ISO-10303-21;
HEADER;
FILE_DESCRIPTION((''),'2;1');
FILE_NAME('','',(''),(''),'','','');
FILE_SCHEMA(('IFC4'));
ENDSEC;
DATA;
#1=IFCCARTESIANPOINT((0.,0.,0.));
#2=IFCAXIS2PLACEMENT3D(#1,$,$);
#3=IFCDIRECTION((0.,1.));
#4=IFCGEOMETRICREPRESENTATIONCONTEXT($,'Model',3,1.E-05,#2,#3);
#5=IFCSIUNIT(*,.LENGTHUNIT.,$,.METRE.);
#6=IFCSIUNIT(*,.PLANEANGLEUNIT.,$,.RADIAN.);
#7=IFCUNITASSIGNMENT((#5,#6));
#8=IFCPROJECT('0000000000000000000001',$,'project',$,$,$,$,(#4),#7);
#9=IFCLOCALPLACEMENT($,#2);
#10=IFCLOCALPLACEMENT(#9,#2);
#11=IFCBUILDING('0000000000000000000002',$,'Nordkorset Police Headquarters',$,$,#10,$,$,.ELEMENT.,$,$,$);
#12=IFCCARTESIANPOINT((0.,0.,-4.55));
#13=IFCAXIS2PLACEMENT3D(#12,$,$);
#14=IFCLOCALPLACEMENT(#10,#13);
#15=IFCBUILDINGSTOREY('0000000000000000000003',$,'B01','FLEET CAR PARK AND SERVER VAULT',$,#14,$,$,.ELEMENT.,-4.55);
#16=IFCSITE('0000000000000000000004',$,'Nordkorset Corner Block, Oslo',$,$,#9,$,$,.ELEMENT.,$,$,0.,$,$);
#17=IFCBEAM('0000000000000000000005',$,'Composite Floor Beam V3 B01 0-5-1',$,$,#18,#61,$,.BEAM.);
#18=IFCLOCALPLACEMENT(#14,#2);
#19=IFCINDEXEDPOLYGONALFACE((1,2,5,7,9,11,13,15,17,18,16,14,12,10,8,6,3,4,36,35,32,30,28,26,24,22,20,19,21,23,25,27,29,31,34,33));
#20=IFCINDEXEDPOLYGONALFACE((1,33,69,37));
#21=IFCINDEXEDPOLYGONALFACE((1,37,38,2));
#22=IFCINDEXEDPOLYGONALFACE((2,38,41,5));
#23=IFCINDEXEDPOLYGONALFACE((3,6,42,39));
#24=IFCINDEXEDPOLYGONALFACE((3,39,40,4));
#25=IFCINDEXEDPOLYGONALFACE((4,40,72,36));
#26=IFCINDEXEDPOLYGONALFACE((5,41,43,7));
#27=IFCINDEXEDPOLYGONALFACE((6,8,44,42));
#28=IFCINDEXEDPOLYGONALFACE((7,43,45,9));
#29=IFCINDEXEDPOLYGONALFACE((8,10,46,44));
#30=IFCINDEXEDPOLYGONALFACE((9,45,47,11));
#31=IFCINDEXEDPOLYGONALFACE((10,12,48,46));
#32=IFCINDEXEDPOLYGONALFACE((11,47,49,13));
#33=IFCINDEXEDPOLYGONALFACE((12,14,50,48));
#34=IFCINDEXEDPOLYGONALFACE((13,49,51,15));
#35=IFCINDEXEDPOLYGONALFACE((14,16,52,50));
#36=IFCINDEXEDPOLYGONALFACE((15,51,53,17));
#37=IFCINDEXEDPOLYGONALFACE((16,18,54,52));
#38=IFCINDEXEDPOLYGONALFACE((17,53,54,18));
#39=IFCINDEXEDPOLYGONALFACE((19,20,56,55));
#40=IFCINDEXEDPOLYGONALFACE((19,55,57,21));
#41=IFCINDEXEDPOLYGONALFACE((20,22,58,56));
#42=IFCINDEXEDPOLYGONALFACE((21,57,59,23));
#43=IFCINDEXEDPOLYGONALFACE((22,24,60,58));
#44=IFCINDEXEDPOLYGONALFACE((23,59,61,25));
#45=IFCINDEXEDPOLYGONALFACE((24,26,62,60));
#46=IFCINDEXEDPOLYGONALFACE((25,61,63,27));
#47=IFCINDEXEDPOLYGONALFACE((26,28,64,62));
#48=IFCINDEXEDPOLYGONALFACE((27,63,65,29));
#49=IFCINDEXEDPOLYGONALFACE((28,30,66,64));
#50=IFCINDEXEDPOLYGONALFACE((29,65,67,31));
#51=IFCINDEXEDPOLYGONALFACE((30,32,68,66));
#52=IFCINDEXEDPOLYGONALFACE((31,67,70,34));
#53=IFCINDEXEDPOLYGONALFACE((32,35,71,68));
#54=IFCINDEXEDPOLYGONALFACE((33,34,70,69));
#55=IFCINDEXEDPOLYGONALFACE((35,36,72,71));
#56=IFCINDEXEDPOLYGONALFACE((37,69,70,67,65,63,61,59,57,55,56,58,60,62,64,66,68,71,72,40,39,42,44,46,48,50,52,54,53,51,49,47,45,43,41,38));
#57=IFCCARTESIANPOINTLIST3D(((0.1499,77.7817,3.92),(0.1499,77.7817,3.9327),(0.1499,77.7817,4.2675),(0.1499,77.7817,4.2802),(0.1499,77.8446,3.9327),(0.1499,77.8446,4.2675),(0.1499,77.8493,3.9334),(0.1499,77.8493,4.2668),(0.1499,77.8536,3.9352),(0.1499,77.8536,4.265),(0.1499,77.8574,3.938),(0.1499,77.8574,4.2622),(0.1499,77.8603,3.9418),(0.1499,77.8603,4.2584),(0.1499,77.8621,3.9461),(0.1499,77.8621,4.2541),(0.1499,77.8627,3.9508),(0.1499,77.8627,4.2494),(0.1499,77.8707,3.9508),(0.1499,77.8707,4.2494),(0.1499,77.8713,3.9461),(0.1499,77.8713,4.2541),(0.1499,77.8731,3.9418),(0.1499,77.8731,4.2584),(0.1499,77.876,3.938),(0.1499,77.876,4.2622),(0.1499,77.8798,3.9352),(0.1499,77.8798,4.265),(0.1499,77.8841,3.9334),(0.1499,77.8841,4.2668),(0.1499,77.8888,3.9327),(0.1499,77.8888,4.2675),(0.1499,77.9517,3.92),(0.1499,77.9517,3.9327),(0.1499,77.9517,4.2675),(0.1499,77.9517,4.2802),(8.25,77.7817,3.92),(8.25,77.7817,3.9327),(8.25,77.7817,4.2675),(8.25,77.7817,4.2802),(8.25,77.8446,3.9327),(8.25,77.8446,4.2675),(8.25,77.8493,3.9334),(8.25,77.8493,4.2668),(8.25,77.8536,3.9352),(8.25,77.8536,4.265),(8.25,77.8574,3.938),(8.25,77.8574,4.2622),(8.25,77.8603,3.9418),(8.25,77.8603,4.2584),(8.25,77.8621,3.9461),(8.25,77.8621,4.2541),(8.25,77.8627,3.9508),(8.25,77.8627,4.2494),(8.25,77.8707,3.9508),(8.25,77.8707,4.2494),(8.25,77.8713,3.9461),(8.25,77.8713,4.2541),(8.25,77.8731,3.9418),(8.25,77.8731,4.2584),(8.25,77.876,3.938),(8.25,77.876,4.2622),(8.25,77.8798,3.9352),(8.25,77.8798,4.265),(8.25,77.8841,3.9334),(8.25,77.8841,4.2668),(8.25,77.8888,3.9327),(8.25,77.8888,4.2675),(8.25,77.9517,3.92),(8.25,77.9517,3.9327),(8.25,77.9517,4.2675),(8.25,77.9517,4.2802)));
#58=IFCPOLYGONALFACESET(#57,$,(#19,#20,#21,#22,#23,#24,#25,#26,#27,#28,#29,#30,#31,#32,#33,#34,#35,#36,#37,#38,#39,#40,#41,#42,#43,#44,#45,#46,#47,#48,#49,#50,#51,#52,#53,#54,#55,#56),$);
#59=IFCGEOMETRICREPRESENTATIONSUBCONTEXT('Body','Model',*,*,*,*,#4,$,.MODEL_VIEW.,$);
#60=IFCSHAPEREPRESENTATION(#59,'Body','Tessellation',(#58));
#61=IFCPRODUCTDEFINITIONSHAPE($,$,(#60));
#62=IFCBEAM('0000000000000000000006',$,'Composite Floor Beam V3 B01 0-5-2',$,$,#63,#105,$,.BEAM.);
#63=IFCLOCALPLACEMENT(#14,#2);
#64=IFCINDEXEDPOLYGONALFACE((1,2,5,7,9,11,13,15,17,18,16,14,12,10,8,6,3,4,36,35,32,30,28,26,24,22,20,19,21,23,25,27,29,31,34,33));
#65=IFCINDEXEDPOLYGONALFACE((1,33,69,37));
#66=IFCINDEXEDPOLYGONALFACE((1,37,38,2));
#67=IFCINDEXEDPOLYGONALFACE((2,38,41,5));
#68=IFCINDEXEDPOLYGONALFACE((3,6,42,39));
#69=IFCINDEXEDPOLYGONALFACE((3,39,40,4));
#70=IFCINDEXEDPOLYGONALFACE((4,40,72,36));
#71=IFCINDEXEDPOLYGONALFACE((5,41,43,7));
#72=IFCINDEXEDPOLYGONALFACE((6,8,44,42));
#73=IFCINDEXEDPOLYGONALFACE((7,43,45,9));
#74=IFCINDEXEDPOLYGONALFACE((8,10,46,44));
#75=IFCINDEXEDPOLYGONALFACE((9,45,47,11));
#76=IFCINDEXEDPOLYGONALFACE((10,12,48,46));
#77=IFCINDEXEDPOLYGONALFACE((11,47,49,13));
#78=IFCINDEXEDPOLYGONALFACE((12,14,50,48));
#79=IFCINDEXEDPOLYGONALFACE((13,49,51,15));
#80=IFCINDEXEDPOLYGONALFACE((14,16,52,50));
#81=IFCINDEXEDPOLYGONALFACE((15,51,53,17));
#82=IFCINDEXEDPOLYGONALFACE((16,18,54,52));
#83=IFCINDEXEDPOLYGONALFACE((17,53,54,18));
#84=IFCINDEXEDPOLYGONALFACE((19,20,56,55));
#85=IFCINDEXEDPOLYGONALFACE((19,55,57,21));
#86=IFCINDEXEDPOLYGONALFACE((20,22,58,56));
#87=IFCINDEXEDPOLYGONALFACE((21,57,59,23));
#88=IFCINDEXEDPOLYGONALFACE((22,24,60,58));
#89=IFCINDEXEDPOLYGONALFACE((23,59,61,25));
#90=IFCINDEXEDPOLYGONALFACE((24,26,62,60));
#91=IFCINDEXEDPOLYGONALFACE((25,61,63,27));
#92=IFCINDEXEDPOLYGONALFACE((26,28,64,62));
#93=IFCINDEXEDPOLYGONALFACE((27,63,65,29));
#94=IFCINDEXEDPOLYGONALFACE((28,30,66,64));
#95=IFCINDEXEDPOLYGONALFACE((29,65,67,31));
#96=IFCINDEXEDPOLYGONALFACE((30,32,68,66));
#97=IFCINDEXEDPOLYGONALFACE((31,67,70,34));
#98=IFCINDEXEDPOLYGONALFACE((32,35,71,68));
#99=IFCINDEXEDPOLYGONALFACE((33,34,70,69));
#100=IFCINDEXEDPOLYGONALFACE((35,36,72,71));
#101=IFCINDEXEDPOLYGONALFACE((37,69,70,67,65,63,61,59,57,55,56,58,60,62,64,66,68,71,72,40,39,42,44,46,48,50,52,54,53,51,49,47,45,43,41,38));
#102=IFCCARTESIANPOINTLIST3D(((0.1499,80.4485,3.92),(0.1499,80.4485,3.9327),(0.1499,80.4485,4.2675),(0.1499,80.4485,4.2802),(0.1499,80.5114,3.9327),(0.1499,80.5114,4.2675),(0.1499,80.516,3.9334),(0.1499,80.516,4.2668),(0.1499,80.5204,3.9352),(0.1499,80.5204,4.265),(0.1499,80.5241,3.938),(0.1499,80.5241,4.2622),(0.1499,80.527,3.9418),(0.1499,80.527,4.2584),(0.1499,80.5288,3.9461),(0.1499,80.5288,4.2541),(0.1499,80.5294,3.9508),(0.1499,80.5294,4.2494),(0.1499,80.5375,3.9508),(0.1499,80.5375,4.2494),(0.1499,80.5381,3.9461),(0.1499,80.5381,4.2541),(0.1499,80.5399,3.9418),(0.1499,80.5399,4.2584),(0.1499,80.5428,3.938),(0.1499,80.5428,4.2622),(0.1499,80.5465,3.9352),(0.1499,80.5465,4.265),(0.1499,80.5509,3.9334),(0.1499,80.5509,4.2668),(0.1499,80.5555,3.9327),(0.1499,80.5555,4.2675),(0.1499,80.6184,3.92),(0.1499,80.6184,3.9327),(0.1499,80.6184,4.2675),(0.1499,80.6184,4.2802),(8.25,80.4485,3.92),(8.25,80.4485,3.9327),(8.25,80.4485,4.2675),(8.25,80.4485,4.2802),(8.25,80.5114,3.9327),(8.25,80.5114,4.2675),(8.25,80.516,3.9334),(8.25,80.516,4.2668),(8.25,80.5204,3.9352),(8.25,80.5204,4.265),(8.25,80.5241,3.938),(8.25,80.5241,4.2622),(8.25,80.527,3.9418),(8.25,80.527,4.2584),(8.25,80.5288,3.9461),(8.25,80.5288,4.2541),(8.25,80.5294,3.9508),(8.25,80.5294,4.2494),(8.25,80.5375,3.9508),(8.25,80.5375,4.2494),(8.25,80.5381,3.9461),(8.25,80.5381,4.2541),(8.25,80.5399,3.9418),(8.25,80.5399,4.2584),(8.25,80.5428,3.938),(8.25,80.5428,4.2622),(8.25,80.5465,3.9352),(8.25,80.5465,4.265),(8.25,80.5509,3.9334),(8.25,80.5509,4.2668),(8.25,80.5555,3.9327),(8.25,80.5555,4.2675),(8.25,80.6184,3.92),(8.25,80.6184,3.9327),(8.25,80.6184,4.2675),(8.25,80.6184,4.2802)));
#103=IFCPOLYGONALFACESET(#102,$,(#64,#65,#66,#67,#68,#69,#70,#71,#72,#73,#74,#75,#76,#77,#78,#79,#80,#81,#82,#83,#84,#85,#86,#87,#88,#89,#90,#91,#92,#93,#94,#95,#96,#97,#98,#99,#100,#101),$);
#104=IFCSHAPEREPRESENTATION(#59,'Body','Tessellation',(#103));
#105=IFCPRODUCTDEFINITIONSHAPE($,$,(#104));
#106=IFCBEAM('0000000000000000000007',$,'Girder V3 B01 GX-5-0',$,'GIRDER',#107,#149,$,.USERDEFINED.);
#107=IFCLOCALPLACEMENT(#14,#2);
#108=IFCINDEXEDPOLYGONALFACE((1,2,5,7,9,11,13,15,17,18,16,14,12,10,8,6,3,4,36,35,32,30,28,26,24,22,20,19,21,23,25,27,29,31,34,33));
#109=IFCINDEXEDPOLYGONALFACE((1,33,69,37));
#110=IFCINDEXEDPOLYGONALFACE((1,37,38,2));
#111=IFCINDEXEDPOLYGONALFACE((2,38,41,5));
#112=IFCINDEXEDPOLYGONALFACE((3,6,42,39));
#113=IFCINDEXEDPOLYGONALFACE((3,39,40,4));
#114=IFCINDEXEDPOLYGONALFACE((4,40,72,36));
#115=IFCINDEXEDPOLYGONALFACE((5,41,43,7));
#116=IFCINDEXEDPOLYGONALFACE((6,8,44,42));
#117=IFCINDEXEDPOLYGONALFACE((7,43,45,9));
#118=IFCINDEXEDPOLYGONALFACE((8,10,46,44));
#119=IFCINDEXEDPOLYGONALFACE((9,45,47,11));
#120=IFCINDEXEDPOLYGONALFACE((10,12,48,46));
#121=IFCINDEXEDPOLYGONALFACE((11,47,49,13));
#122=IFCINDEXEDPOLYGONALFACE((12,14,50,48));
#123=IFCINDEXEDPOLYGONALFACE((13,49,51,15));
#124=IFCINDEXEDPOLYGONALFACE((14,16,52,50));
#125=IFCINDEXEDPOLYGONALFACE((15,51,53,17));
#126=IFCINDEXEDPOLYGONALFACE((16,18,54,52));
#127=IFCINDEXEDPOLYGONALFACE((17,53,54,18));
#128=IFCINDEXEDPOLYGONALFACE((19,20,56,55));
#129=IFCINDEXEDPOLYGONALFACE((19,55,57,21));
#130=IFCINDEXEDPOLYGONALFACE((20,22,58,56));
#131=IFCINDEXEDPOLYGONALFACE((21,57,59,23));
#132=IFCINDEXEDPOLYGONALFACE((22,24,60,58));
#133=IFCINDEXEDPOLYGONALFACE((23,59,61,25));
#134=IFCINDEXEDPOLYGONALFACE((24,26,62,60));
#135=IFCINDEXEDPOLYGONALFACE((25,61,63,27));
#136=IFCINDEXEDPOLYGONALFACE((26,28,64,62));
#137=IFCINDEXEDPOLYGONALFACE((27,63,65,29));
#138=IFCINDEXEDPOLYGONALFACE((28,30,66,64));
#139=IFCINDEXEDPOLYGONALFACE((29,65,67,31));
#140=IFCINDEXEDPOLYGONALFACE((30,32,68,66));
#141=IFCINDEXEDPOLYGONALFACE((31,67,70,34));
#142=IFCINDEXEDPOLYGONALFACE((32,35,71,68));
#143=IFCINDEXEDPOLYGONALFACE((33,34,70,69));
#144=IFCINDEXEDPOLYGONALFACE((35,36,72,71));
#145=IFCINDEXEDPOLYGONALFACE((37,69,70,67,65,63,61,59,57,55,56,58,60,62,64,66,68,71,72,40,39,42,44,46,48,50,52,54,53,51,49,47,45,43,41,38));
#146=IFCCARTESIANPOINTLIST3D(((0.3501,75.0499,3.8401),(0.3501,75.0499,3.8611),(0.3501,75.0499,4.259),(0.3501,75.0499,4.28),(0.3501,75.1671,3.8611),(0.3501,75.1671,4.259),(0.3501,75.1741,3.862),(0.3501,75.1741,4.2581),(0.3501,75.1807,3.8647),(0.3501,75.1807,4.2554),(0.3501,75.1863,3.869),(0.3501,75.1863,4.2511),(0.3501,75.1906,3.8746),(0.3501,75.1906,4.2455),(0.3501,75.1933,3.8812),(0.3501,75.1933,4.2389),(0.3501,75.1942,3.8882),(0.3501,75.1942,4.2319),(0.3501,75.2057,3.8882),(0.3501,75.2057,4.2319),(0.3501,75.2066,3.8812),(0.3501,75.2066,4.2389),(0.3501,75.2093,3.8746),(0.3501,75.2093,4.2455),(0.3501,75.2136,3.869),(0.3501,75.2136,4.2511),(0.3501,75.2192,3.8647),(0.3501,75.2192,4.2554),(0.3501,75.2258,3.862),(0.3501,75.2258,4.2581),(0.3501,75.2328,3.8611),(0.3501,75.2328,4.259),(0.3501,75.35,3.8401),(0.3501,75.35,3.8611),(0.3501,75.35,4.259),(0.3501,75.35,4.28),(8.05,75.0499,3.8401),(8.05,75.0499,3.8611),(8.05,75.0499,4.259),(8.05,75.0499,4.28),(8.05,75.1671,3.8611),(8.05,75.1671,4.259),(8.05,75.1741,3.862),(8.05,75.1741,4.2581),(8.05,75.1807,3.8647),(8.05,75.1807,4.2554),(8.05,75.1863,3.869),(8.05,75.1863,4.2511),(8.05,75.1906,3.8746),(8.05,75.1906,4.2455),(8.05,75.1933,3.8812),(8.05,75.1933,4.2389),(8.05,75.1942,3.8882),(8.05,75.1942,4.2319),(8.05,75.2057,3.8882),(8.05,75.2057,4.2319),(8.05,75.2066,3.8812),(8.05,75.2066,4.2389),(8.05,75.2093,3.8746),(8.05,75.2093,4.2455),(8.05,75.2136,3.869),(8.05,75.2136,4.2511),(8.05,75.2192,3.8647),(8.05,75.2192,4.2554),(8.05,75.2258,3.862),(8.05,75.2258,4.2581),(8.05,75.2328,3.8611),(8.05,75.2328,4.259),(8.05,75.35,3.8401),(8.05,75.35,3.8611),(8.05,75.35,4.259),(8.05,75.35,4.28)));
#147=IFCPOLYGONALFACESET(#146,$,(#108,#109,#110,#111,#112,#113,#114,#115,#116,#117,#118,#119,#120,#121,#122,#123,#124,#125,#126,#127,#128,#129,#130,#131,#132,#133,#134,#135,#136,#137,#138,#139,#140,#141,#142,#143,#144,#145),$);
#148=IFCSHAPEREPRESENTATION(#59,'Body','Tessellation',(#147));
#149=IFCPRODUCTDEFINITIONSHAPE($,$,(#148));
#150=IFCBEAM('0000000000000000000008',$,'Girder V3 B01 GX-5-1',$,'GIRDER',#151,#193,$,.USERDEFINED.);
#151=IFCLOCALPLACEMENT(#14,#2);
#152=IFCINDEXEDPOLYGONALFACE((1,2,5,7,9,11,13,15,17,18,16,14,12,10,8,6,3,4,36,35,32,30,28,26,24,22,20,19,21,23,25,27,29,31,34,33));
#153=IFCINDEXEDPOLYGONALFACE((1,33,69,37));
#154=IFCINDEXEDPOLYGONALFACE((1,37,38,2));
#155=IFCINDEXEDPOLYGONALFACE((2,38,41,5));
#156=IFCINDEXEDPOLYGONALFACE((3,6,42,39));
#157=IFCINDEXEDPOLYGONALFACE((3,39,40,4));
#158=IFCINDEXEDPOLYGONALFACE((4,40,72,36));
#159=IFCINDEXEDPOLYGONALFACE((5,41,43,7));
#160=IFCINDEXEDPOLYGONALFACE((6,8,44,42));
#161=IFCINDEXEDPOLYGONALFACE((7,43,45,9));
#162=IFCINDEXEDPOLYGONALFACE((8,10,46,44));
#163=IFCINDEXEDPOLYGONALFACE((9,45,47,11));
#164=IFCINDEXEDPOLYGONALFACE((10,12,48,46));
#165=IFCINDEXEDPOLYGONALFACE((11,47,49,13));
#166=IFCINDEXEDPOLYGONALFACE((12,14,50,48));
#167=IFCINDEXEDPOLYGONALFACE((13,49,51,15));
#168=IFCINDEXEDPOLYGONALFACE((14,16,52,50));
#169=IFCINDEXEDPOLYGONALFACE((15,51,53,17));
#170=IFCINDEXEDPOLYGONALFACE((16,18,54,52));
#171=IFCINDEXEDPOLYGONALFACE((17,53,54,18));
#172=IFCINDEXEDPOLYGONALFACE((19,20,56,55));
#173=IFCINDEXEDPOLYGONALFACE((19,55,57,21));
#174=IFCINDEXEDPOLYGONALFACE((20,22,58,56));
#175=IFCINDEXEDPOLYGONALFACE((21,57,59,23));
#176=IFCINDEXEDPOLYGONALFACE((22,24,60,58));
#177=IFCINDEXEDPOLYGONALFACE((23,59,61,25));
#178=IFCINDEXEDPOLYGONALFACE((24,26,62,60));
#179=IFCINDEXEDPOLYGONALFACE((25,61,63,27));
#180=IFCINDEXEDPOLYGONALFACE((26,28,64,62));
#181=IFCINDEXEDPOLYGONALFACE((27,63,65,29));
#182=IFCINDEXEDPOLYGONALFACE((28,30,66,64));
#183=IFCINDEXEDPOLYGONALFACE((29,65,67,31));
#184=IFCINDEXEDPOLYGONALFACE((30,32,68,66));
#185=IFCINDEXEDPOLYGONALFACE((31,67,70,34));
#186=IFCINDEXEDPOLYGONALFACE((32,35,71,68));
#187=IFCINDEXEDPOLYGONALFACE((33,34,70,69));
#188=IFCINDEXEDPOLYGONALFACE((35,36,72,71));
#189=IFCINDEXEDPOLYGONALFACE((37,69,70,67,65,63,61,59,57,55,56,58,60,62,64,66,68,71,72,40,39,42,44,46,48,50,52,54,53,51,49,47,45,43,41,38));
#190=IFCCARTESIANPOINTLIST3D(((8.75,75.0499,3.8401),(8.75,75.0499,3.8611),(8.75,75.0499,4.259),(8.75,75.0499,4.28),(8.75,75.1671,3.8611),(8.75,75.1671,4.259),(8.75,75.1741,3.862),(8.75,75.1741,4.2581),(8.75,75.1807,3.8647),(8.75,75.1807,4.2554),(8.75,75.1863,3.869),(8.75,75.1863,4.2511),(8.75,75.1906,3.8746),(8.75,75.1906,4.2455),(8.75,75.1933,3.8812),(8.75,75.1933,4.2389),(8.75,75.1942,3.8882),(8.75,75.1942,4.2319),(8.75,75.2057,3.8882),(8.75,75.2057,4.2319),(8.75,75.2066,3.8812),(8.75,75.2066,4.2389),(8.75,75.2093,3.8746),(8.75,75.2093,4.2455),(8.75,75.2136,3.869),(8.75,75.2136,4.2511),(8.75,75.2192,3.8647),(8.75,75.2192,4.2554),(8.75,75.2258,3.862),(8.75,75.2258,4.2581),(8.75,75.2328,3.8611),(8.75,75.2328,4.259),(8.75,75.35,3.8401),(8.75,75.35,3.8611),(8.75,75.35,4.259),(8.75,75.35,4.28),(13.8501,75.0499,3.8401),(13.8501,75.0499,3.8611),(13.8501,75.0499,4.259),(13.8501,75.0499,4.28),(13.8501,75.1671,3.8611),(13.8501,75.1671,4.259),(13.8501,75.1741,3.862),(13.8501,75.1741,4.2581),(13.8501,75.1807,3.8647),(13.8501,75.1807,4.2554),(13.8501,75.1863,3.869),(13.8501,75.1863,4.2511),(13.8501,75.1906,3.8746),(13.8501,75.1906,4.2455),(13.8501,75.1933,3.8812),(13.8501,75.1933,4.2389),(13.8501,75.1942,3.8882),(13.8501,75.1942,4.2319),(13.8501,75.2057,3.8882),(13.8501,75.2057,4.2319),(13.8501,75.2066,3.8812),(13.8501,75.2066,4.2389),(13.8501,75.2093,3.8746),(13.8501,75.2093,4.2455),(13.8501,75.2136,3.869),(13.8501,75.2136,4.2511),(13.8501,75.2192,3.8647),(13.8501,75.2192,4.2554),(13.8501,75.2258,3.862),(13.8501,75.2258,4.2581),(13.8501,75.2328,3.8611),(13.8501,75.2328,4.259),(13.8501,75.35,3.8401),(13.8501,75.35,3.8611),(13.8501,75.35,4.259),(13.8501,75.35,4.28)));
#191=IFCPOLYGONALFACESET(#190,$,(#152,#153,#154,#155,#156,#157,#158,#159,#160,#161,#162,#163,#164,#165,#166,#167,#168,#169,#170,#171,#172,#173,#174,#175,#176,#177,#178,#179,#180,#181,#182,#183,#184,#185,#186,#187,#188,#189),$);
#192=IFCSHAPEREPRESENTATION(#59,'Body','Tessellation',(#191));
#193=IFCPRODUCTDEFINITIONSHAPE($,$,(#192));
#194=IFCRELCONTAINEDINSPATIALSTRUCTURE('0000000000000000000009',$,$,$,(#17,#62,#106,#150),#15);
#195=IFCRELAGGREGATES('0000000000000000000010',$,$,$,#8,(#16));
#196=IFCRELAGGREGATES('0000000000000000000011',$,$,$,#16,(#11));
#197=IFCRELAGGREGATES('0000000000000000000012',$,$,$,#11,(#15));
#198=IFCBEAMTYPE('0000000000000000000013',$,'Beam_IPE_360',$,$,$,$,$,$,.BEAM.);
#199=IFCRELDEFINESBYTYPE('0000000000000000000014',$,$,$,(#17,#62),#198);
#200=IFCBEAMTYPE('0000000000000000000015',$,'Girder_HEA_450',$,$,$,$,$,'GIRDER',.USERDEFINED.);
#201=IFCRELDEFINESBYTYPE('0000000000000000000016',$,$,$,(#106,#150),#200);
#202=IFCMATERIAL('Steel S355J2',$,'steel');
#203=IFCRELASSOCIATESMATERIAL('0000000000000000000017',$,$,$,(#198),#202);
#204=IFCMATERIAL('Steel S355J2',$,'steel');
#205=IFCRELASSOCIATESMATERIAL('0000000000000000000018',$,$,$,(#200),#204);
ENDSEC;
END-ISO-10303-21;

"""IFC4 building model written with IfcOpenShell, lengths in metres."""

from ifc_helpers import new_model, si_unit, direction, frame, origin, origin_2d, place, context, subcontext, project, spatial, i_section, extrude, material, material_profile, profile_set, type_object, element, save


model = new_model("IFC4")

# Units and contexts
model_context = context("Model", 3, precision=1e-05, world=origin(), true_north=direction((0.0, 1.0)))
body_context = subcontext(model_context, "Body", "Model", "MODEL_VIEW")
ifc_project = project(units=[si_unit("LENGTHUNIT", "METRE"), si_unit("PLANEANGLEUNIT", "RADIAN")], contexts=[model_context])

# Site, building, storey
site_placement = place(None, origin())
site = spatial("IfcSite", under=ifc_project, at=site_placement, Name="Nordkorset Corner Block, Oslo", CompositionType="ELEMENT", RefElevation=0.0)
building_placement = place(site_placement, origin())
building = spatial("IfcBuilding", under=site, at=building_placement, Name="Nordkorset Police Headquarters", CompositionType="ELEMENT")
storey_placement = place(building_placement, frame((0.0, 0.0, -4.55)))
storey = spatial("IfcBuildingStorey", under=building, at=storey_placement, Name="B01", Description="FLEET CAR PARK AND SERVER VAULT", CompositionType="ELEMENT", Elevation=-4.55)

# Beams
ifc_material_1 = material(Name="Steel S355J2", Category="steel")
ifc_material_profile_1 = material_profile(ifc_material_1, i_section(OverallWidth=0.1699, OverallDepth=0.3601, WebThickness=0.0081, FlangeThickness=0.0127, FilletRadius=0.0181, at=origin_2d()), Name="IPE 360")
ifc_profile_set_1 = profile_set([ifc_material_profile_1], Name="Steel S355J2")
beam_type_1 = type_object("IfcBeamType", Name="Beam_IPE_360", PredefinedType="BEAM", material=ifc_profile_set_1)
for number, where, z_axis, x_axis, name in (
    (1, (0.1499, 77.8667, 4.1001), (1.0, 0.0, 0.0), (0.0, 1.0, 0.0), "Composite Floor Beam V3 B01 0-5-1"),
    (2, (0.1499, 80.5334, 4.1001), (1.0, 0.0, 0.0), (0.0, 1.0, 0.0), "Composite Floor Beam V3 B01 0-5-2"),
):
    element("IfcBeam", number, at=place(storey_placement, frame(where, z_axis=z_axis, x_axis=x_axis)), inside=storey, type_object=beam_type_1, Name=name, PredefinedType="BEAM", context=body_context, shape_type="SweptSolid", body=[
        extrude(i_section(OverallWidth=0.1699, OverallDepth=0.3601, WebThickness=0.0081, FlangeThickness=0.0127, FilletRadius=0.0181, at=origin_2d()), origin(), (0.0, 0.0, 1.0), 8.1001),
    ])
ifc_material_2 = material(Name="Steel S355J2", Category="steel")
ifc_material_profile_2 = material_profile(ifc_material_2, i_section(OverallWidth=0.3, OverallDepth=0.4399, WebThickness=0.0115, FlangeThickness=0.021, FilletRadius=0.0271, at=origin_2d()), Name="HEA 450")
ifc_profile_set_2 = profile_set([ifc_material_profile_2], Name="Steel S355J2")
beam_type_2 = type_object("IfcBeamType", Name="Girder_HEA_450", ElementType="GIRDER", PredefinedType="USERDEFINED", material=ifc_profile_set_2)
beam_1_placement = place(storey_placement, frame((0.3501, 75.2, 4.0601), z_axis=(1.0, 0.0, 0.0), x_axis=(0.0, 1.0, 0.0)))
element("IfcBeam", 3, at=beam_1_placement, inside=storey, type_object=beam_type_2, Name="Girder V3 B01 GX-5-0", ObjectType="GIRDER", PredefinedType="USERDEFINED", context=body_context, shape_type="SweptSolid", body=[
    extrude(i_section(OverallWidth=0.3, OverallDepth=0.4399, WebThickness=0.0115, FlangeThickness=0.021, FilletRadius=0.0271, at=origin_2d()), origin(), (0.0, 0.0, 1.0), 7.7),
])
beam_2_placement = place(storey_placement, frame((8.75, 75.2, 4.0601), z_axis=(1.0, 0.0, 0.0), x_axis=(0.0, 1.0, 0.0)))
element("IfcBeam", 4, at=beam_2_placement, inside=storey, type_object=beam_type_2, Name="Girder V3 B01 GX-5-1", ObjectType="GIRDER", PredefinedType="USERDEFINED", context=body_context, shape_type="SweptSolid", body=[
    extrude(i_section(OverallWidth=0.3, OverallDepth=0.4399, WebThickness=0.0115, FlangeThickness=0.021, FilletRadius=0.0271, at=origin_2d()), origin(), (0.0, 0.0, 1.0), 5.1001),
])

save(model, "model.ifc")
